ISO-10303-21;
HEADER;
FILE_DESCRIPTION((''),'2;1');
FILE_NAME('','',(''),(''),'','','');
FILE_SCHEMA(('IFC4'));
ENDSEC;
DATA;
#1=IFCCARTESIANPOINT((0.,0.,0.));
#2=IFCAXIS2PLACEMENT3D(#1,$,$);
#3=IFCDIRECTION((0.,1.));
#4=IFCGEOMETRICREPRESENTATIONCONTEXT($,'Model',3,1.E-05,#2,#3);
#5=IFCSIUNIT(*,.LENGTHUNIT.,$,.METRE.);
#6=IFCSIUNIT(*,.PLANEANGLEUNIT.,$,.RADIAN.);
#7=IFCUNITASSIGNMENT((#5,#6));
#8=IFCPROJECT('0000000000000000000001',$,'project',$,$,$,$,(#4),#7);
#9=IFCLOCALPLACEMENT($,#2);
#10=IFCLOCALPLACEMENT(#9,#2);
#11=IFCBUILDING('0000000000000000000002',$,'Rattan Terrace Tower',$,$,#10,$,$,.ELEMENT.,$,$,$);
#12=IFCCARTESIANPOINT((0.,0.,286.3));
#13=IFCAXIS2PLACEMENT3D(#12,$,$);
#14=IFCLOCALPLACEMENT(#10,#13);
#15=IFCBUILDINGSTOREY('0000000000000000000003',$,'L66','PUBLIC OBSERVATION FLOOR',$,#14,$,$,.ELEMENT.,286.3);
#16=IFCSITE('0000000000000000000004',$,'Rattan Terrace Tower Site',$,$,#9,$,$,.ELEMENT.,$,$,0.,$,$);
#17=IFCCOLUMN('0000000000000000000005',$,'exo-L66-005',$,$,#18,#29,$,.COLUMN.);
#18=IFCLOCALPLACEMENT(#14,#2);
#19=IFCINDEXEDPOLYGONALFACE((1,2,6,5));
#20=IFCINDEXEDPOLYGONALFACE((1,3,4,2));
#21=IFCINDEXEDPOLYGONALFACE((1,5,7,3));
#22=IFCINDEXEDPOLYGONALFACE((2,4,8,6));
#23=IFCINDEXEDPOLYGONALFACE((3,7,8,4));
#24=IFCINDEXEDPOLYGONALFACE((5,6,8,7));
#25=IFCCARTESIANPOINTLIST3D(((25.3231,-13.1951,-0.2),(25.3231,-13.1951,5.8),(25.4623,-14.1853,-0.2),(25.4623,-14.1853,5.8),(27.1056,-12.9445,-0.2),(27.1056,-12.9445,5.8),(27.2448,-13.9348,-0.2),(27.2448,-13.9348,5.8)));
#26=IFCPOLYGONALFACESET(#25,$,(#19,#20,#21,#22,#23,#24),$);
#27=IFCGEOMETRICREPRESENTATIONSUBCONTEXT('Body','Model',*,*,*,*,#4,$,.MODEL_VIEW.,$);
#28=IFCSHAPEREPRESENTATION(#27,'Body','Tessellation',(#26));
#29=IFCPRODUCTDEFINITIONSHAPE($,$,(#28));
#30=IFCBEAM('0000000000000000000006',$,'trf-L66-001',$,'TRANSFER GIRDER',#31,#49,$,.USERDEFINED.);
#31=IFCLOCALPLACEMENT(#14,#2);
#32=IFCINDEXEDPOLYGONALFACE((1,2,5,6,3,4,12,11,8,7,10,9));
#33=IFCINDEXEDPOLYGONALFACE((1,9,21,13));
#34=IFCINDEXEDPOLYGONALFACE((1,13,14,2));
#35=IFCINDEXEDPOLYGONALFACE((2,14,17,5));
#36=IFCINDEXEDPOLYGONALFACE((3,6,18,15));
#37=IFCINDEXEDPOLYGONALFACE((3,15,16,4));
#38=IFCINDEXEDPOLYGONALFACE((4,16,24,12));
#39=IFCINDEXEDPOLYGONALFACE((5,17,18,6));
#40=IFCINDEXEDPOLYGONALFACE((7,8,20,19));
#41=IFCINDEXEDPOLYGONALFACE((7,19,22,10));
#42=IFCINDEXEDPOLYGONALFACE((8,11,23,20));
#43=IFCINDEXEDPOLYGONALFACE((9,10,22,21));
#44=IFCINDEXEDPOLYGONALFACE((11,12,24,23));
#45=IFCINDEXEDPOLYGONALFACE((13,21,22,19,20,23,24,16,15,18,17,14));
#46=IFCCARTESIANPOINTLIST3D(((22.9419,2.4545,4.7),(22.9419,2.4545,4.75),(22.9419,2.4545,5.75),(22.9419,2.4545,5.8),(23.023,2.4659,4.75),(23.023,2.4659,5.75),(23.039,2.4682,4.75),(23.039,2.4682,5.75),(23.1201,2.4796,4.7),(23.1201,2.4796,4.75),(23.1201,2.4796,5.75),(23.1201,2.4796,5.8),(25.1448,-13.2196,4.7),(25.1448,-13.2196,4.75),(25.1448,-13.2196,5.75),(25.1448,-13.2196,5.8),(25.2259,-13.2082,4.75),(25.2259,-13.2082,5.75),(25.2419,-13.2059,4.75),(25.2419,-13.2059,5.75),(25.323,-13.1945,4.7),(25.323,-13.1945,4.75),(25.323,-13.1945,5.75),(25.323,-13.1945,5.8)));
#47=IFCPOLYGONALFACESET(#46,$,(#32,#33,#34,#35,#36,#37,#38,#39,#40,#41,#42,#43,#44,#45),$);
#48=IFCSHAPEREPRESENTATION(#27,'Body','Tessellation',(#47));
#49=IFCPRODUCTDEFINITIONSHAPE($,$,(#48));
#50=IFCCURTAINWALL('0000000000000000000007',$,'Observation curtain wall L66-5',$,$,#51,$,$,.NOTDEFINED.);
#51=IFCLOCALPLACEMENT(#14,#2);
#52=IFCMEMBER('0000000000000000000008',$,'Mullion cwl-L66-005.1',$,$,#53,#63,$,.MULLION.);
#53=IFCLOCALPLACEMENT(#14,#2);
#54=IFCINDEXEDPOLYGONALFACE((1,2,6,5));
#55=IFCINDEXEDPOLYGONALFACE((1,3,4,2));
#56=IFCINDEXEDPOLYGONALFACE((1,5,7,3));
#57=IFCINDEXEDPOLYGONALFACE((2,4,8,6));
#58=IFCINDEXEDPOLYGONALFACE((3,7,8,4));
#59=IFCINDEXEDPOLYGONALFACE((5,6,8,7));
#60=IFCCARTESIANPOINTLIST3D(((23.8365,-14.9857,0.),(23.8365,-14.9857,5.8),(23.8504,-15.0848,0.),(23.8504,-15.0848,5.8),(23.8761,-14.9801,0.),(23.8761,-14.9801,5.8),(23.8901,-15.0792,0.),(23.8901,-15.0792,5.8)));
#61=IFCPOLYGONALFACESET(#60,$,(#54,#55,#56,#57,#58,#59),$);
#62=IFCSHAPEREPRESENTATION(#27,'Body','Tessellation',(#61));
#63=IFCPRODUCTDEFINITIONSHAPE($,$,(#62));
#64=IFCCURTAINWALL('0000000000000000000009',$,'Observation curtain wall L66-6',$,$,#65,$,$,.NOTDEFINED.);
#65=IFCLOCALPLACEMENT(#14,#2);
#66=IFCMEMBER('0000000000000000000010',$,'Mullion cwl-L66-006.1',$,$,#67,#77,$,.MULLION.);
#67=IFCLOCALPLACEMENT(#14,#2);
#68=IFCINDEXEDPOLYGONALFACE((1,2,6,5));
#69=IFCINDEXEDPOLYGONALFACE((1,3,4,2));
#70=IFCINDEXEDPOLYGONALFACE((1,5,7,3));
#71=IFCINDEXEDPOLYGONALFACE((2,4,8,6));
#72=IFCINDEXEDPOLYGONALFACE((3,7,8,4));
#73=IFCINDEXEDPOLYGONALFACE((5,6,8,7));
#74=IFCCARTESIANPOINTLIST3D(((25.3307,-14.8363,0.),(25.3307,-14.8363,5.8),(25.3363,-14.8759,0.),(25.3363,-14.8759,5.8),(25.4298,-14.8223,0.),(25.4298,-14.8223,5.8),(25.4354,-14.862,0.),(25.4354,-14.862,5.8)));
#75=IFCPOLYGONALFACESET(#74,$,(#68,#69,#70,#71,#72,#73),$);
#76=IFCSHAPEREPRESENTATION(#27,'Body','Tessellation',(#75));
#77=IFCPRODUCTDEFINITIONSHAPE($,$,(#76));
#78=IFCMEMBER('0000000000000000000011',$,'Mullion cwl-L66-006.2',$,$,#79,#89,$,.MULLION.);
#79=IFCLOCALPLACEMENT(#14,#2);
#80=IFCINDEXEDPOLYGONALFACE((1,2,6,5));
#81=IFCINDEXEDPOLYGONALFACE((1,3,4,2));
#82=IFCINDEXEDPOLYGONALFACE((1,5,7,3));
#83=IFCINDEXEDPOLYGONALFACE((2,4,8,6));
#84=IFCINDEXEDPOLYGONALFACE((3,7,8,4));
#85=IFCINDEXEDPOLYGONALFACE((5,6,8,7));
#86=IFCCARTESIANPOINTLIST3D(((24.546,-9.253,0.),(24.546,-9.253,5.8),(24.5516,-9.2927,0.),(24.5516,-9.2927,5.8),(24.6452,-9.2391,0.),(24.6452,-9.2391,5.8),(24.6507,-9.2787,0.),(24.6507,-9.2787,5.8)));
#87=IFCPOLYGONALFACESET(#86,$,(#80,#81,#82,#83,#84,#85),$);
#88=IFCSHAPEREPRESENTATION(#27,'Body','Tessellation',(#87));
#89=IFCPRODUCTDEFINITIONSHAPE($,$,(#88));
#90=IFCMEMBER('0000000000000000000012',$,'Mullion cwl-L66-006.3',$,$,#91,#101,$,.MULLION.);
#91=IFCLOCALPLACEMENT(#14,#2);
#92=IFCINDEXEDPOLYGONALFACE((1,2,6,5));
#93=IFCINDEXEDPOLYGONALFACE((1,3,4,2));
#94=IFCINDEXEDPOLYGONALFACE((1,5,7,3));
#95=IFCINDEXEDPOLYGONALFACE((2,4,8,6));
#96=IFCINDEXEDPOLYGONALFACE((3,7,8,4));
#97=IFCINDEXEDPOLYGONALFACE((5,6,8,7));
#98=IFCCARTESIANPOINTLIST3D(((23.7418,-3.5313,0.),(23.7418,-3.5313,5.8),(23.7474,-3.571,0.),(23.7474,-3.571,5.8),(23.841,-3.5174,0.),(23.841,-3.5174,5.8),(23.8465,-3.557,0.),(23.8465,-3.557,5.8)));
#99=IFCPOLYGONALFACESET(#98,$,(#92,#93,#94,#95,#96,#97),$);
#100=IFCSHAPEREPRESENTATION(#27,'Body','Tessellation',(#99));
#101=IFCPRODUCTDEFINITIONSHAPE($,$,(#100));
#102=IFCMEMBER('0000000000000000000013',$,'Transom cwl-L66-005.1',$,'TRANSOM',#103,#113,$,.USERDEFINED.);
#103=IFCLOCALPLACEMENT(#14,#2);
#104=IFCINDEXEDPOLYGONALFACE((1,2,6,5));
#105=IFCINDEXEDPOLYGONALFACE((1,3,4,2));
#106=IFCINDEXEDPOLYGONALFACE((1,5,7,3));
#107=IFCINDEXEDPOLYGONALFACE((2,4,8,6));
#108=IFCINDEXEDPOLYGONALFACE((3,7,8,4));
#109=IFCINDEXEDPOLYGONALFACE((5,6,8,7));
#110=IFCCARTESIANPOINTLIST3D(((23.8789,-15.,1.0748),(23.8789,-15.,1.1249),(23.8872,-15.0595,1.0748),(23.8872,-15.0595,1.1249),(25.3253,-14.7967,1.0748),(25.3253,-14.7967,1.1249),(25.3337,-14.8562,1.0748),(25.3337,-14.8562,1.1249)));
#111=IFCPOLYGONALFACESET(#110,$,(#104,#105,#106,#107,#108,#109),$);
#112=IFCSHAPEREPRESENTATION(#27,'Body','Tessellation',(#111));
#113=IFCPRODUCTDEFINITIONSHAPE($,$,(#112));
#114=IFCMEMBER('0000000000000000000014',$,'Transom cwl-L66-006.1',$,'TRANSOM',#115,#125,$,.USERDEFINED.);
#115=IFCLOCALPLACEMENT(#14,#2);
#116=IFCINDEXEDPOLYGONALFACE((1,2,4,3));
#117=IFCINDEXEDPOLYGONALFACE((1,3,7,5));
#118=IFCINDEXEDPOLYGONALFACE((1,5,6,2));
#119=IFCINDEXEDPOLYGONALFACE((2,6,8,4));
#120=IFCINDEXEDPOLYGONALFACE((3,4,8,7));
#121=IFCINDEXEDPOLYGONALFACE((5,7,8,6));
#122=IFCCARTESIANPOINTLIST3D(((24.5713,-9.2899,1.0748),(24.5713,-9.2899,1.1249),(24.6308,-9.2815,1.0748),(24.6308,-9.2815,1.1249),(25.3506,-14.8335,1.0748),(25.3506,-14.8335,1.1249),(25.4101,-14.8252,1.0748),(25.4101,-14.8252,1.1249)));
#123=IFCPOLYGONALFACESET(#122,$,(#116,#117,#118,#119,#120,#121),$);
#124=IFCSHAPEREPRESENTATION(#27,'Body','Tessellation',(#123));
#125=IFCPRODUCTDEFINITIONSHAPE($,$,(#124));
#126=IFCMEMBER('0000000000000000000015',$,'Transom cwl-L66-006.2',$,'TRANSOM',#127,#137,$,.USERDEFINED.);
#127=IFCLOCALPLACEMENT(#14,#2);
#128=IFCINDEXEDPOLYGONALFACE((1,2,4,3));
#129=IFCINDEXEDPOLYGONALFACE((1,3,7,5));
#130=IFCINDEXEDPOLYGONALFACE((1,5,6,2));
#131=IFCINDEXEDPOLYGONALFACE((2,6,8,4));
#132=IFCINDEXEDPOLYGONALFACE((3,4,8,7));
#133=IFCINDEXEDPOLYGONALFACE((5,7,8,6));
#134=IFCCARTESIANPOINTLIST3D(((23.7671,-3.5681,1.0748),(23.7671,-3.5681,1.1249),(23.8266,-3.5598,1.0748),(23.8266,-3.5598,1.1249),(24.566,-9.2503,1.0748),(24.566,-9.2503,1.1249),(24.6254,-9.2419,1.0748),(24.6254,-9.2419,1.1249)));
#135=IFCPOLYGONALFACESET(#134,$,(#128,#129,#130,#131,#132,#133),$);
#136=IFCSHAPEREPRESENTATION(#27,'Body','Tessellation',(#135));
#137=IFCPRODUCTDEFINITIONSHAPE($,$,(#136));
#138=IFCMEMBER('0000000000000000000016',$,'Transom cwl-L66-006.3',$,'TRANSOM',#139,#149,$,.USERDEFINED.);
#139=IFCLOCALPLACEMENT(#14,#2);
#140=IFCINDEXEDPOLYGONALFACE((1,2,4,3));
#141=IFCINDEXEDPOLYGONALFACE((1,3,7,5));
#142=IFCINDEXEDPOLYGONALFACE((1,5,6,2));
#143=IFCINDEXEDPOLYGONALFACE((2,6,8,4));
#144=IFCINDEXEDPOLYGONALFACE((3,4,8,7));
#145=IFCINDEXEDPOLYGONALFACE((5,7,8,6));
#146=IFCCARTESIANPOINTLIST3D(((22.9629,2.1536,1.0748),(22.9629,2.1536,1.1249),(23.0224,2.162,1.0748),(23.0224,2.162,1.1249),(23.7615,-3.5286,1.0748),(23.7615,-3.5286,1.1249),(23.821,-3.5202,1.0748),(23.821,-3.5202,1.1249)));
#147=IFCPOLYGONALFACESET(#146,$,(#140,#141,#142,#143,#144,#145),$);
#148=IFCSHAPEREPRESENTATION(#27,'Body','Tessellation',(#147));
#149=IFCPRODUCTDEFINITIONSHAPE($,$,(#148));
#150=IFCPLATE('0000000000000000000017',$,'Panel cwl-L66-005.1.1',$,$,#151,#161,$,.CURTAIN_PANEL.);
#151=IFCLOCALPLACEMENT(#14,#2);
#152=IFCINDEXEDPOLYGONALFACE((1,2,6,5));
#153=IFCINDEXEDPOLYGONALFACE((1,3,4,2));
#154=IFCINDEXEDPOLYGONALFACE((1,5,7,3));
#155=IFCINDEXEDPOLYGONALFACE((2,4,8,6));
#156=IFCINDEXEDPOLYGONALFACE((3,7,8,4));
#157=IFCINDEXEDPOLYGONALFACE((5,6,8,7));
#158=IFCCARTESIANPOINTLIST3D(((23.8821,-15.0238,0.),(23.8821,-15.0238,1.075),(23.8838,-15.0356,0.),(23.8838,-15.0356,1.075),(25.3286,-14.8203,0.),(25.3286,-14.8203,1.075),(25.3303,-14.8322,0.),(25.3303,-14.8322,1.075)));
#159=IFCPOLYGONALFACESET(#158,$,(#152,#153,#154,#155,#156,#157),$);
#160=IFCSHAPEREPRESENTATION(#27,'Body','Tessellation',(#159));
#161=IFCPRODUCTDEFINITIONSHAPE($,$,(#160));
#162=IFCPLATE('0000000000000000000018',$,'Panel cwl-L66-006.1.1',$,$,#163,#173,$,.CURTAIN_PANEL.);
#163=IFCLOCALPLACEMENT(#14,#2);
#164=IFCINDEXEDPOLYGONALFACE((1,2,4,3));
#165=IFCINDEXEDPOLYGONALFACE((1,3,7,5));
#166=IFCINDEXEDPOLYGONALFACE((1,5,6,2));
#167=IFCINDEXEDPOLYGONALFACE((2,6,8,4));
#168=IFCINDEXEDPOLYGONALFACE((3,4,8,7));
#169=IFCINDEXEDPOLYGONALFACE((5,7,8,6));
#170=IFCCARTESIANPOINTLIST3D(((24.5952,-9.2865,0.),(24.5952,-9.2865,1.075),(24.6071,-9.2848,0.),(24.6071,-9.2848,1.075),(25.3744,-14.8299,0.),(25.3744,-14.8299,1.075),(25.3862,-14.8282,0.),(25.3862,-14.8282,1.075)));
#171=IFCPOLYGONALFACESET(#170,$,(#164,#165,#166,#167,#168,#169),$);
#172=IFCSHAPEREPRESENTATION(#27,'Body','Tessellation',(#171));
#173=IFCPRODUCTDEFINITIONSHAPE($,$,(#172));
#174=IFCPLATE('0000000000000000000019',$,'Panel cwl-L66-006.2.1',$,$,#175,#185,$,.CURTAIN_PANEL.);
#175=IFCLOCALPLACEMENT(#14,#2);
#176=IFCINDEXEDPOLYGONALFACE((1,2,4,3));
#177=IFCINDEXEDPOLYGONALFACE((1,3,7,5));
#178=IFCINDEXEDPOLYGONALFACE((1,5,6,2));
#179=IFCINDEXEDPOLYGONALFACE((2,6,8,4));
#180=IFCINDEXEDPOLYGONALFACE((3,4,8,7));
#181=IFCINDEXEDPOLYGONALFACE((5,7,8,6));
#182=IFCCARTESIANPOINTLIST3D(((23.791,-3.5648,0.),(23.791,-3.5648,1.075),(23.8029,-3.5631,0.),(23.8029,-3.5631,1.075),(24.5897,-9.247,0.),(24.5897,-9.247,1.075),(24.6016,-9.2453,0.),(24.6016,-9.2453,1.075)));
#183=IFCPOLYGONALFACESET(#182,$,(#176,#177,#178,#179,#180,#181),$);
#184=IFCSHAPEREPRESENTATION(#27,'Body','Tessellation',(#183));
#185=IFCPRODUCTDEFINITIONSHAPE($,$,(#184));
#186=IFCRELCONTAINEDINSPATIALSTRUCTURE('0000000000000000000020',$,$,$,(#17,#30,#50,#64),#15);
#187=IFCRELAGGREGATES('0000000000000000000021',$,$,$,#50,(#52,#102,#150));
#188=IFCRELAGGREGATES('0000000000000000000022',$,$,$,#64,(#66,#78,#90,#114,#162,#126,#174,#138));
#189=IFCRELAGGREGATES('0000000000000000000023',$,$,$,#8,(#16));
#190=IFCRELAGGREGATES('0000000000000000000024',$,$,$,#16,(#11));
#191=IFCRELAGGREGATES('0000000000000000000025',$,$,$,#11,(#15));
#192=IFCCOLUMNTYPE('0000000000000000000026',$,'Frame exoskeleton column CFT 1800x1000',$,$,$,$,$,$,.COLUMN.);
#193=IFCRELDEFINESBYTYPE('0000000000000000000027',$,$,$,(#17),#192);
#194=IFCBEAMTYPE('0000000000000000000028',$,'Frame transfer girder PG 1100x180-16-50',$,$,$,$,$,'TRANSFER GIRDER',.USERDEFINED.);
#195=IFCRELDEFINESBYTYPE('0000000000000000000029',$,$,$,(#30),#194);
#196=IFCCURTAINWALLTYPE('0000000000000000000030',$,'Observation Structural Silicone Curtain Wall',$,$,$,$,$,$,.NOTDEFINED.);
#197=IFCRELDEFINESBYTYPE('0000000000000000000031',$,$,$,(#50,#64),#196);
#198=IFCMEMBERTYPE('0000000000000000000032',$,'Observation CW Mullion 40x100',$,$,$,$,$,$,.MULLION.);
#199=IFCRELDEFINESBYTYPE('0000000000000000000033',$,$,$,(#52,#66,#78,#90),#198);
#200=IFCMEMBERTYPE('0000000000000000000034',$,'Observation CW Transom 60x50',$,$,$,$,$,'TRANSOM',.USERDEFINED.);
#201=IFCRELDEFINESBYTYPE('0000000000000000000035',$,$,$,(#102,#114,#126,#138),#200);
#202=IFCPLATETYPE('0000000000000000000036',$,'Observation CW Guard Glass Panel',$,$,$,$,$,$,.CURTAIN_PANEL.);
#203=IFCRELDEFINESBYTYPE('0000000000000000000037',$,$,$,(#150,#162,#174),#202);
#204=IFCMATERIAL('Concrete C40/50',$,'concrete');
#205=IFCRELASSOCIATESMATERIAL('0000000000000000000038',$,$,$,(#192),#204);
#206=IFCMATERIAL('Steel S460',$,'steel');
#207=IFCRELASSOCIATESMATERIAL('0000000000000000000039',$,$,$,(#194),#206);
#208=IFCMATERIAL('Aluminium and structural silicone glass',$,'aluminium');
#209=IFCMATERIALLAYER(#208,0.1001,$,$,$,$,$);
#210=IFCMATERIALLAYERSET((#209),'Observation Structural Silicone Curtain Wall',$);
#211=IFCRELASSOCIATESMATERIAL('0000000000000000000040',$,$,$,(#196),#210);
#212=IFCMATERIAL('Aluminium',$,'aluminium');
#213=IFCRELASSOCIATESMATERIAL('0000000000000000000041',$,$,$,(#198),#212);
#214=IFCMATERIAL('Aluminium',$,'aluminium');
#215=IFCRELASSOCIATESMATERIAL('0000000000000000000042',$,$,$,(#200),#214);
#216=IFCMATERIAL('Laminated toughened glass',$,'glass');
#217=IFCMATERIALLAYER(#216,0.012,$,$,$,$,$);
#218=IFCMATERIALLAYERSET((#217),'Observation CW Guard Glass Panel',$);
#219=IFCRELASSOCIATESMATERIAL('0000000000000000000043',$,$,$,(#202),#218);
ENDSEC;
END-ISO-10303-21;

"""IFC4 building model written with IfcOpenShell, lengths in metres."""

from ifc_helpers import new_model, si_unit, direction, frame, origin, origin_2d, place, context, subcontext, project, spatial, rectangle, i_section, extrude, material, layer, layer_set, material_profile, profile_set, type_object, element, aggregate, save


model = new_model("IFC4")

# Units and contexts
model_context = context("Model", 3, precision=1e-05, world=origin(), true_north=direction((0.0, 1.0)))
body_context = subcontext(model_context, "Body", "Model", "MODEL_VIEW")
ifc_project = project(units=[si_unit("LENGTHUNIT", "METRE"), si_unit("PLANEANGLEUNIT", "RADIAN")], contexts=[model_context])

# Site, building, storey
site_placement = place(None, origin())
site = spatial("IfcSite", under=ifc_project, at=site_placement, Name="Rattan Terrace Tower Site", CompositionType="ELEMENT", RefElevation=0.0)
building_placement = place(site_placement, origin())
building = spatial("IfcBuilding", under=site, at=building_placement, Name="Rattan Terrace Tower", CompositionType="ELEMENT")
storey_placement = place(building_placement, frame((0.0, 0.0, 286.3)))
storey = spatial("IfcBuildingStorey", under=building, at=storey_placement, Name="L66", Description="PUBLIC OBSERVATION FLOOR", CompositionType="ELEMENT", Elevation=286.3)

# Column
ifc_material_1 = material(Name="Concrete C40/50", Category="concrete")
ifc_material_profile_1 = material_profile(ifc_material_1, rectangle(XDim=1.0, YDim=1.8, at=origin_2d()), Name="CFT 1800x1000")
ifc_profile_set_1 = profile_set([ifc_material_profile_1], Name="Concrete C40/50")
column_type = type_object("IfcColumnType", Name="Frame exoskeleton column CFT 1800x1000", PredefinedType="COLUMN", material=ifc_profile_set_1)
column_placement = place(storey_placement, frame((26.2839, -13.5649, -0.2), z_axis=(0.0, 0.0, 1.0), x_axis=(-0.13919, 0.990266, 0.0)))
element("IfcColumn", 1, at=column_placement, inside=storey, type_object=column_type, Name="exo-L66-005", PredefinedType="COLUMN", context=body_context, shape_type="SweptSolid", body=[
    extrude(rectangle(XDim=1.0, YDim=1.8, at=origin_2d()), origin(), (0.0, 0.0, 1.0), 6.0),
])

# Beam
ifc_material_2 = material(Name="Steel S460", Category="steel")
ifc_material_profile_2 = material_profile(ifc_material_2, i_section(OverallWidth=0.1799, OverallDepth=1.1001, WebThickness=0.0161, FlangeThickness=0.05, at=origin_2d()), Name="PG 1100x180-16-50")
ifc_profile_set_2 = profile_set([ifc_material_profile_2], Name="Steel S460")
beam_type = type_object("IfcBeamType", Name="Frame transfer girder PG 1100x180-16-50", ElementType="TRANSFER GIRDER", PredefinedType="USERDEFINED", material=ifc_profile_set_2)
beam_placement = place(storey_placement, frame((25.2339, -13.207, 5.25), z_axis=(-0.139175, 0.990268, 0.0), x_axis=(-0.990268, -0.139175, 0.0)))
element("IfcBeam", 2, at=beam_placement, inside=storey, type_object=beam_type, Name="trf-L66-001", ObjectType="TRANSFER GIRDER", PredefinedType="USERDEFINED", context=body_context, shape_type="SweptSolid", body=[
    extrude(i_section(OverallWidth=0.1799, OverallDepth=1.1001, WebThickness=0.0161, FlangeThickness=0.05, at=origin_2d()), origin(), (0.0, 0.0, 1.0), 15.8281),
])

# Curtain wall, member
ifc_material_3 = material(Name="Aluminium and structural silicone glass", Category="aluminium")
ifc_layer_1 = layer(ifc_material_3, 0.1001)
ifc_layer_set_1 = layer_set([ifc_layer_1], Name="Observation Structural Silicone Curtain Wall")
curtain_wall_type = type_object("IfcCurtainWallType", Name="Observation Structural Silicone Curtain Wall", PredefinedType="NOTDEFINED", material=ifc_layer_set_1)
curtain_wall_1_placement = place(storey_placement, origin())
curtain_wall_1 = element("IfcCurtainWall", 3, at=curtain_wall_1_placement, inside=storey, type_object=curtain_wall_type, Name="Observation curtain wall L66-5", PredefinedType="NOTDEFINED")
ifc_material_4 = material(Name="Aluminium", Category="aluminium")
ifc_material_profile_3 = material_profile(ifc_material_4, rectangle(XDim=0.04, YDim=0.1001, at=origin_2d()), Name="Aluminium 40x100")
ifc_profile_set_3 = profile_set([ifc_material_profile_3], Name="Aluminium")
member_type_1 = type_object("IfcMemberType", Name="Observation CW Mullion 40x100", PredefinedType="MULLION", material=ifc_profile_set_3)
member_1_placement = place(storey_placement, frame((23.8633, -15.0325, 0.0), z_axis=(0.0, 0.0, 1.0), x_axis=(0.990254, 0.139275, 0.0)))
member_1 = element("IfcMember", 4, at=member_1_placement, type_object=member_type_1, Name="Mullion cwl-L66-005.1", PredefinedType="MULLION", context=body_context, shape_type="SweptSolid", body=[
    extrude(rectangle(XDim=0.04, YDim=0.1001, at=origin_2d()), origin(), (0.0, 0.0, 1.0), 5.8),
])

# Curtain wall, members
curtain_wall_2_placement = place(storey_placement, origin())
curtain_wall_2 = element("IfcCurtainWall", 5, at=curtain_wall_2_placement, inside=storey, type_object=curtain_wall_type, Name="Observation curtain wall L66-6", PredefinedType="NOTDEFINED")
member_2_placement = place(storey_placement, frame((25.3831, -14.8491, 0.0), z_axis=(0.0, 0.0, 1.0), x_axis=(-0.139192, 0.990265, 0.0)))
member_2 = element("IfcMember", 6, at=member_2_placement, type_object=member_type_1, Name="Mullion cwl-L66-006.1", PredefinedType="MULLION", context=body_context, shape_type="SweptSolid", body=[
    extrude(rectangle(XDim=0.04, YDim=0.1001, at=origin_2d()), origin(), (0.0, 0.0, 1.0), 5.8),
])
member_3_placement = place(storey_placement, frame((24.5984, -9.2659, 0.0), z_axis=(0.0, 0.0, 1.0), x_axis=(-0.139192, 0.990265, 0.0)))
member_3 = element("IfcMember", 7, at=member_3_placement, type_object=member_type_1, Name="Mullion cwl-L66-006.2", PredefinedType="MULLION", context=body_context, shape_type="SweptSolid", body=[
    extrude(rectangle(XDim=0.04, YDim=0.1001, at=origin_2d()), origin(), (0.0, 0.0, 1.0), 5.8),
])
member_4_placement = place(storey_placement, frame((23.7942, -3.5442, 0.0), z_axis=(0.0, 0.0, 1.0), x_axis=(-0.139192, 0.990265, 0.0)))
member_4 = element("IfcMember", 8, at=member_4_placement, type_object=member_type_1, Name="Mullion cwl-L66-006.3", PredefinedType="MULLION", context=body_context, shape_type="SweptSolid", body=[
    extrude(rectangle(XDim=0.04, YDim=0.1001, at=origin_2d()), origin(), (0.0, 0.0, 1.0), 5.8),
])

# Members
ifc_material_5 = material(Name="Aluminium", Category="aluminium")
ifc_material_profile_4 = material_profile(ifc_material_5, rectangle(XDim=0.0601, YDim=0.05, at=origin_2d()), Name="Aluminium 60x50")
ifc_profile_set_4 = profile_set([ifc_material_profile_4], Name="Aluminium")
member_type_2 = type_object("IfcMemberType", Name="Observation CW Transom 60x50", ElementType="TRANSOM", PredefinedType="USERDEFINED", material=ifc_profile_set_4)
member_5_placement = place(storey_placement, frame((23.8831, -15.0298, 1.0999), z_axis=(0.990261, 0.139222, 0.0), x_axis=(-0.139222, 0.990261, 0.0)))
member_5 = element("IfcMember", 9, at=member_5_placement, type_object=member_type_2, Name="Transom cwl-L66-005.1", ObjectType="TRANSOM", PredefinedType="USERDEFINED", context=body_context, shape_type="SweptSolid", body=[
    extrude(rectangle(XDim=0.0601, YDim=0.05, at=origin_2d()), origin(), (0.0, 0.0, 1.0), 1.4607),
])
member_6_placement = place(storey_placement, frame((25.3804, -14.8293, 1.0999), z_axis=(-0.139205, 0.990264, 0.0), x_axis=(-0.990264, -0.139205, 0.0)))
member_6 = element("IfcMember", 10, at=member_6_placement, type_object=member_type_2, Name="Transom cwl-L66-006.1", ObjectType="TRANSOM", PredefinedType="USERDEFINED", context=body_context, shape_type="SweptSolid", body=[
    extrude(rectangle(XDim=0.0601, YDim=0.05, at=origin_2d()), origin(), (0.0, 0.0, 1.0), 5.5981),
])
member_7_placement = place(storey_placement, frame((24.5957, -9.2461, 1.0999), z_axis=(-0.139217, 0.990262, 0.0), x_axis=(-0.990262, -0.139217, 0.0)))
member_7 = element("IfcMember", 11, at=member_7_placement, type_object=member_type_2, Name="Transom cwl-L66-006.2", ObjectType="TRANSOM", PredefinedType="USERDEFINED", context=body_context, shape_type="SweptSolid", body=[
    extrude(rectangle(XDim=0.0601, YDim=0.05, at=origin_2d()), origin(), (0.0, 0.0, 1.0), 5.738),
])
member_8_placement = place(storey_placement, frame((23.7913, -3.5244, 1.0999), z_axis=(-0.139175, 0.990268, 0.0), x_axis=(-0.990268, -0.139175, 0.0)))
member_8 = element("IfcMember", 12, at=member_8_placement, type_object=member_type_2, Name="Transom cwl-L66-006.3", ObjectType="TRANSOM", PredefinedType="USERDEFINED", context=body_context, shape_type="SweptSolid", body=[
    extrude(rectangle(XDim=0.0601, YDim=0.05, at=origin_2d()), origin(), (0.0, 0.0, 1.0), 5.738),
])

# Plates
ifc_material_6 = material(Name="Laminated toughened glass", Category="glass")
ifc_layer_2 = layer(ifc_material_6, 0.012)
ifc_layer_set_2 = layer_set([ifc_layer_2], Name="Observation CW Guard Glass Panel")
plate_type_1 = type_object("IfcPlateType", Name="Observation CW Guard Glass Panel", PredefinedType="CURTAIN_PANEL", material=ifc_layer_set_2)
plate_1_placement = place(storey_placement, frame((24.6062, -14.928, 0.0), z_axis=(0.0, 0.0, 1.0), x_axis=(0.990254, 0.139275, 0.0)))
plate_1 = element("IfcPlate", 13, at=plate_1_placement, type_object=plate_type_1, Name="Panel cwl-L66-005.1.1", PredefinedType="CURTAIN_PANEL", context=body_context, shape_type="SweptSolid", body=[
    extrude(rectangle(XDim=1.4607, YDim=0.012, at=origin_2d()), origin(), (0.0, 0.0, 1.0), 1.075),
])
plate_2_placement = place(storey_placement, frame((24.9907, -12.0574, 0.0), z_axis=(0.0, 0.0, 1.0), x_axis=(-0.139192, 0.990265, 0.0)))
plate_2 = element("IfcPlate", 14, at=plate_2_placement, type_object=plate_type_1, Name="Panel cwl-L66-006.1.1", PredefinedType="CURTAIN_PANEL", context=body_context, shape_type="SweptSolid", body=[
    extrude(rectangle(XDim=5.5979, YDim=0.012, at=origin_2d()), origin(), (0.0, 0.0, 1.0), 1.075),
])
plate_3_placement = place(storey_placement, frame((24.1963, -6.405, 0.0), z_axis=(0.0, 0.0, 1.0), x_axis=(-0.139192, 0.990265, 0.0)))
plate_3 = element("IfcPlate", 15, at=plate_3_placement, type_object=plate_type_1, Name="Panel cwl-L66-006.2.1", PredefinedType="CURTAIN_PANEL", context=body_context, shape_type="SweptSolid", body=[
    extrude(rectangle(XDim=5.738, YDim=0.012, at=origin_2d()), origin(), (0.0, 0.0, 1.0), 1.075),
])
aggregate(curtain_wall_1, [member_1, member_5, plate_1])
aggregate(curtain_wall_2, [member_2, member_3, member_4, member_6, plate_2, member_7, plate_3, member_8])

save(model, "model.ifc")
